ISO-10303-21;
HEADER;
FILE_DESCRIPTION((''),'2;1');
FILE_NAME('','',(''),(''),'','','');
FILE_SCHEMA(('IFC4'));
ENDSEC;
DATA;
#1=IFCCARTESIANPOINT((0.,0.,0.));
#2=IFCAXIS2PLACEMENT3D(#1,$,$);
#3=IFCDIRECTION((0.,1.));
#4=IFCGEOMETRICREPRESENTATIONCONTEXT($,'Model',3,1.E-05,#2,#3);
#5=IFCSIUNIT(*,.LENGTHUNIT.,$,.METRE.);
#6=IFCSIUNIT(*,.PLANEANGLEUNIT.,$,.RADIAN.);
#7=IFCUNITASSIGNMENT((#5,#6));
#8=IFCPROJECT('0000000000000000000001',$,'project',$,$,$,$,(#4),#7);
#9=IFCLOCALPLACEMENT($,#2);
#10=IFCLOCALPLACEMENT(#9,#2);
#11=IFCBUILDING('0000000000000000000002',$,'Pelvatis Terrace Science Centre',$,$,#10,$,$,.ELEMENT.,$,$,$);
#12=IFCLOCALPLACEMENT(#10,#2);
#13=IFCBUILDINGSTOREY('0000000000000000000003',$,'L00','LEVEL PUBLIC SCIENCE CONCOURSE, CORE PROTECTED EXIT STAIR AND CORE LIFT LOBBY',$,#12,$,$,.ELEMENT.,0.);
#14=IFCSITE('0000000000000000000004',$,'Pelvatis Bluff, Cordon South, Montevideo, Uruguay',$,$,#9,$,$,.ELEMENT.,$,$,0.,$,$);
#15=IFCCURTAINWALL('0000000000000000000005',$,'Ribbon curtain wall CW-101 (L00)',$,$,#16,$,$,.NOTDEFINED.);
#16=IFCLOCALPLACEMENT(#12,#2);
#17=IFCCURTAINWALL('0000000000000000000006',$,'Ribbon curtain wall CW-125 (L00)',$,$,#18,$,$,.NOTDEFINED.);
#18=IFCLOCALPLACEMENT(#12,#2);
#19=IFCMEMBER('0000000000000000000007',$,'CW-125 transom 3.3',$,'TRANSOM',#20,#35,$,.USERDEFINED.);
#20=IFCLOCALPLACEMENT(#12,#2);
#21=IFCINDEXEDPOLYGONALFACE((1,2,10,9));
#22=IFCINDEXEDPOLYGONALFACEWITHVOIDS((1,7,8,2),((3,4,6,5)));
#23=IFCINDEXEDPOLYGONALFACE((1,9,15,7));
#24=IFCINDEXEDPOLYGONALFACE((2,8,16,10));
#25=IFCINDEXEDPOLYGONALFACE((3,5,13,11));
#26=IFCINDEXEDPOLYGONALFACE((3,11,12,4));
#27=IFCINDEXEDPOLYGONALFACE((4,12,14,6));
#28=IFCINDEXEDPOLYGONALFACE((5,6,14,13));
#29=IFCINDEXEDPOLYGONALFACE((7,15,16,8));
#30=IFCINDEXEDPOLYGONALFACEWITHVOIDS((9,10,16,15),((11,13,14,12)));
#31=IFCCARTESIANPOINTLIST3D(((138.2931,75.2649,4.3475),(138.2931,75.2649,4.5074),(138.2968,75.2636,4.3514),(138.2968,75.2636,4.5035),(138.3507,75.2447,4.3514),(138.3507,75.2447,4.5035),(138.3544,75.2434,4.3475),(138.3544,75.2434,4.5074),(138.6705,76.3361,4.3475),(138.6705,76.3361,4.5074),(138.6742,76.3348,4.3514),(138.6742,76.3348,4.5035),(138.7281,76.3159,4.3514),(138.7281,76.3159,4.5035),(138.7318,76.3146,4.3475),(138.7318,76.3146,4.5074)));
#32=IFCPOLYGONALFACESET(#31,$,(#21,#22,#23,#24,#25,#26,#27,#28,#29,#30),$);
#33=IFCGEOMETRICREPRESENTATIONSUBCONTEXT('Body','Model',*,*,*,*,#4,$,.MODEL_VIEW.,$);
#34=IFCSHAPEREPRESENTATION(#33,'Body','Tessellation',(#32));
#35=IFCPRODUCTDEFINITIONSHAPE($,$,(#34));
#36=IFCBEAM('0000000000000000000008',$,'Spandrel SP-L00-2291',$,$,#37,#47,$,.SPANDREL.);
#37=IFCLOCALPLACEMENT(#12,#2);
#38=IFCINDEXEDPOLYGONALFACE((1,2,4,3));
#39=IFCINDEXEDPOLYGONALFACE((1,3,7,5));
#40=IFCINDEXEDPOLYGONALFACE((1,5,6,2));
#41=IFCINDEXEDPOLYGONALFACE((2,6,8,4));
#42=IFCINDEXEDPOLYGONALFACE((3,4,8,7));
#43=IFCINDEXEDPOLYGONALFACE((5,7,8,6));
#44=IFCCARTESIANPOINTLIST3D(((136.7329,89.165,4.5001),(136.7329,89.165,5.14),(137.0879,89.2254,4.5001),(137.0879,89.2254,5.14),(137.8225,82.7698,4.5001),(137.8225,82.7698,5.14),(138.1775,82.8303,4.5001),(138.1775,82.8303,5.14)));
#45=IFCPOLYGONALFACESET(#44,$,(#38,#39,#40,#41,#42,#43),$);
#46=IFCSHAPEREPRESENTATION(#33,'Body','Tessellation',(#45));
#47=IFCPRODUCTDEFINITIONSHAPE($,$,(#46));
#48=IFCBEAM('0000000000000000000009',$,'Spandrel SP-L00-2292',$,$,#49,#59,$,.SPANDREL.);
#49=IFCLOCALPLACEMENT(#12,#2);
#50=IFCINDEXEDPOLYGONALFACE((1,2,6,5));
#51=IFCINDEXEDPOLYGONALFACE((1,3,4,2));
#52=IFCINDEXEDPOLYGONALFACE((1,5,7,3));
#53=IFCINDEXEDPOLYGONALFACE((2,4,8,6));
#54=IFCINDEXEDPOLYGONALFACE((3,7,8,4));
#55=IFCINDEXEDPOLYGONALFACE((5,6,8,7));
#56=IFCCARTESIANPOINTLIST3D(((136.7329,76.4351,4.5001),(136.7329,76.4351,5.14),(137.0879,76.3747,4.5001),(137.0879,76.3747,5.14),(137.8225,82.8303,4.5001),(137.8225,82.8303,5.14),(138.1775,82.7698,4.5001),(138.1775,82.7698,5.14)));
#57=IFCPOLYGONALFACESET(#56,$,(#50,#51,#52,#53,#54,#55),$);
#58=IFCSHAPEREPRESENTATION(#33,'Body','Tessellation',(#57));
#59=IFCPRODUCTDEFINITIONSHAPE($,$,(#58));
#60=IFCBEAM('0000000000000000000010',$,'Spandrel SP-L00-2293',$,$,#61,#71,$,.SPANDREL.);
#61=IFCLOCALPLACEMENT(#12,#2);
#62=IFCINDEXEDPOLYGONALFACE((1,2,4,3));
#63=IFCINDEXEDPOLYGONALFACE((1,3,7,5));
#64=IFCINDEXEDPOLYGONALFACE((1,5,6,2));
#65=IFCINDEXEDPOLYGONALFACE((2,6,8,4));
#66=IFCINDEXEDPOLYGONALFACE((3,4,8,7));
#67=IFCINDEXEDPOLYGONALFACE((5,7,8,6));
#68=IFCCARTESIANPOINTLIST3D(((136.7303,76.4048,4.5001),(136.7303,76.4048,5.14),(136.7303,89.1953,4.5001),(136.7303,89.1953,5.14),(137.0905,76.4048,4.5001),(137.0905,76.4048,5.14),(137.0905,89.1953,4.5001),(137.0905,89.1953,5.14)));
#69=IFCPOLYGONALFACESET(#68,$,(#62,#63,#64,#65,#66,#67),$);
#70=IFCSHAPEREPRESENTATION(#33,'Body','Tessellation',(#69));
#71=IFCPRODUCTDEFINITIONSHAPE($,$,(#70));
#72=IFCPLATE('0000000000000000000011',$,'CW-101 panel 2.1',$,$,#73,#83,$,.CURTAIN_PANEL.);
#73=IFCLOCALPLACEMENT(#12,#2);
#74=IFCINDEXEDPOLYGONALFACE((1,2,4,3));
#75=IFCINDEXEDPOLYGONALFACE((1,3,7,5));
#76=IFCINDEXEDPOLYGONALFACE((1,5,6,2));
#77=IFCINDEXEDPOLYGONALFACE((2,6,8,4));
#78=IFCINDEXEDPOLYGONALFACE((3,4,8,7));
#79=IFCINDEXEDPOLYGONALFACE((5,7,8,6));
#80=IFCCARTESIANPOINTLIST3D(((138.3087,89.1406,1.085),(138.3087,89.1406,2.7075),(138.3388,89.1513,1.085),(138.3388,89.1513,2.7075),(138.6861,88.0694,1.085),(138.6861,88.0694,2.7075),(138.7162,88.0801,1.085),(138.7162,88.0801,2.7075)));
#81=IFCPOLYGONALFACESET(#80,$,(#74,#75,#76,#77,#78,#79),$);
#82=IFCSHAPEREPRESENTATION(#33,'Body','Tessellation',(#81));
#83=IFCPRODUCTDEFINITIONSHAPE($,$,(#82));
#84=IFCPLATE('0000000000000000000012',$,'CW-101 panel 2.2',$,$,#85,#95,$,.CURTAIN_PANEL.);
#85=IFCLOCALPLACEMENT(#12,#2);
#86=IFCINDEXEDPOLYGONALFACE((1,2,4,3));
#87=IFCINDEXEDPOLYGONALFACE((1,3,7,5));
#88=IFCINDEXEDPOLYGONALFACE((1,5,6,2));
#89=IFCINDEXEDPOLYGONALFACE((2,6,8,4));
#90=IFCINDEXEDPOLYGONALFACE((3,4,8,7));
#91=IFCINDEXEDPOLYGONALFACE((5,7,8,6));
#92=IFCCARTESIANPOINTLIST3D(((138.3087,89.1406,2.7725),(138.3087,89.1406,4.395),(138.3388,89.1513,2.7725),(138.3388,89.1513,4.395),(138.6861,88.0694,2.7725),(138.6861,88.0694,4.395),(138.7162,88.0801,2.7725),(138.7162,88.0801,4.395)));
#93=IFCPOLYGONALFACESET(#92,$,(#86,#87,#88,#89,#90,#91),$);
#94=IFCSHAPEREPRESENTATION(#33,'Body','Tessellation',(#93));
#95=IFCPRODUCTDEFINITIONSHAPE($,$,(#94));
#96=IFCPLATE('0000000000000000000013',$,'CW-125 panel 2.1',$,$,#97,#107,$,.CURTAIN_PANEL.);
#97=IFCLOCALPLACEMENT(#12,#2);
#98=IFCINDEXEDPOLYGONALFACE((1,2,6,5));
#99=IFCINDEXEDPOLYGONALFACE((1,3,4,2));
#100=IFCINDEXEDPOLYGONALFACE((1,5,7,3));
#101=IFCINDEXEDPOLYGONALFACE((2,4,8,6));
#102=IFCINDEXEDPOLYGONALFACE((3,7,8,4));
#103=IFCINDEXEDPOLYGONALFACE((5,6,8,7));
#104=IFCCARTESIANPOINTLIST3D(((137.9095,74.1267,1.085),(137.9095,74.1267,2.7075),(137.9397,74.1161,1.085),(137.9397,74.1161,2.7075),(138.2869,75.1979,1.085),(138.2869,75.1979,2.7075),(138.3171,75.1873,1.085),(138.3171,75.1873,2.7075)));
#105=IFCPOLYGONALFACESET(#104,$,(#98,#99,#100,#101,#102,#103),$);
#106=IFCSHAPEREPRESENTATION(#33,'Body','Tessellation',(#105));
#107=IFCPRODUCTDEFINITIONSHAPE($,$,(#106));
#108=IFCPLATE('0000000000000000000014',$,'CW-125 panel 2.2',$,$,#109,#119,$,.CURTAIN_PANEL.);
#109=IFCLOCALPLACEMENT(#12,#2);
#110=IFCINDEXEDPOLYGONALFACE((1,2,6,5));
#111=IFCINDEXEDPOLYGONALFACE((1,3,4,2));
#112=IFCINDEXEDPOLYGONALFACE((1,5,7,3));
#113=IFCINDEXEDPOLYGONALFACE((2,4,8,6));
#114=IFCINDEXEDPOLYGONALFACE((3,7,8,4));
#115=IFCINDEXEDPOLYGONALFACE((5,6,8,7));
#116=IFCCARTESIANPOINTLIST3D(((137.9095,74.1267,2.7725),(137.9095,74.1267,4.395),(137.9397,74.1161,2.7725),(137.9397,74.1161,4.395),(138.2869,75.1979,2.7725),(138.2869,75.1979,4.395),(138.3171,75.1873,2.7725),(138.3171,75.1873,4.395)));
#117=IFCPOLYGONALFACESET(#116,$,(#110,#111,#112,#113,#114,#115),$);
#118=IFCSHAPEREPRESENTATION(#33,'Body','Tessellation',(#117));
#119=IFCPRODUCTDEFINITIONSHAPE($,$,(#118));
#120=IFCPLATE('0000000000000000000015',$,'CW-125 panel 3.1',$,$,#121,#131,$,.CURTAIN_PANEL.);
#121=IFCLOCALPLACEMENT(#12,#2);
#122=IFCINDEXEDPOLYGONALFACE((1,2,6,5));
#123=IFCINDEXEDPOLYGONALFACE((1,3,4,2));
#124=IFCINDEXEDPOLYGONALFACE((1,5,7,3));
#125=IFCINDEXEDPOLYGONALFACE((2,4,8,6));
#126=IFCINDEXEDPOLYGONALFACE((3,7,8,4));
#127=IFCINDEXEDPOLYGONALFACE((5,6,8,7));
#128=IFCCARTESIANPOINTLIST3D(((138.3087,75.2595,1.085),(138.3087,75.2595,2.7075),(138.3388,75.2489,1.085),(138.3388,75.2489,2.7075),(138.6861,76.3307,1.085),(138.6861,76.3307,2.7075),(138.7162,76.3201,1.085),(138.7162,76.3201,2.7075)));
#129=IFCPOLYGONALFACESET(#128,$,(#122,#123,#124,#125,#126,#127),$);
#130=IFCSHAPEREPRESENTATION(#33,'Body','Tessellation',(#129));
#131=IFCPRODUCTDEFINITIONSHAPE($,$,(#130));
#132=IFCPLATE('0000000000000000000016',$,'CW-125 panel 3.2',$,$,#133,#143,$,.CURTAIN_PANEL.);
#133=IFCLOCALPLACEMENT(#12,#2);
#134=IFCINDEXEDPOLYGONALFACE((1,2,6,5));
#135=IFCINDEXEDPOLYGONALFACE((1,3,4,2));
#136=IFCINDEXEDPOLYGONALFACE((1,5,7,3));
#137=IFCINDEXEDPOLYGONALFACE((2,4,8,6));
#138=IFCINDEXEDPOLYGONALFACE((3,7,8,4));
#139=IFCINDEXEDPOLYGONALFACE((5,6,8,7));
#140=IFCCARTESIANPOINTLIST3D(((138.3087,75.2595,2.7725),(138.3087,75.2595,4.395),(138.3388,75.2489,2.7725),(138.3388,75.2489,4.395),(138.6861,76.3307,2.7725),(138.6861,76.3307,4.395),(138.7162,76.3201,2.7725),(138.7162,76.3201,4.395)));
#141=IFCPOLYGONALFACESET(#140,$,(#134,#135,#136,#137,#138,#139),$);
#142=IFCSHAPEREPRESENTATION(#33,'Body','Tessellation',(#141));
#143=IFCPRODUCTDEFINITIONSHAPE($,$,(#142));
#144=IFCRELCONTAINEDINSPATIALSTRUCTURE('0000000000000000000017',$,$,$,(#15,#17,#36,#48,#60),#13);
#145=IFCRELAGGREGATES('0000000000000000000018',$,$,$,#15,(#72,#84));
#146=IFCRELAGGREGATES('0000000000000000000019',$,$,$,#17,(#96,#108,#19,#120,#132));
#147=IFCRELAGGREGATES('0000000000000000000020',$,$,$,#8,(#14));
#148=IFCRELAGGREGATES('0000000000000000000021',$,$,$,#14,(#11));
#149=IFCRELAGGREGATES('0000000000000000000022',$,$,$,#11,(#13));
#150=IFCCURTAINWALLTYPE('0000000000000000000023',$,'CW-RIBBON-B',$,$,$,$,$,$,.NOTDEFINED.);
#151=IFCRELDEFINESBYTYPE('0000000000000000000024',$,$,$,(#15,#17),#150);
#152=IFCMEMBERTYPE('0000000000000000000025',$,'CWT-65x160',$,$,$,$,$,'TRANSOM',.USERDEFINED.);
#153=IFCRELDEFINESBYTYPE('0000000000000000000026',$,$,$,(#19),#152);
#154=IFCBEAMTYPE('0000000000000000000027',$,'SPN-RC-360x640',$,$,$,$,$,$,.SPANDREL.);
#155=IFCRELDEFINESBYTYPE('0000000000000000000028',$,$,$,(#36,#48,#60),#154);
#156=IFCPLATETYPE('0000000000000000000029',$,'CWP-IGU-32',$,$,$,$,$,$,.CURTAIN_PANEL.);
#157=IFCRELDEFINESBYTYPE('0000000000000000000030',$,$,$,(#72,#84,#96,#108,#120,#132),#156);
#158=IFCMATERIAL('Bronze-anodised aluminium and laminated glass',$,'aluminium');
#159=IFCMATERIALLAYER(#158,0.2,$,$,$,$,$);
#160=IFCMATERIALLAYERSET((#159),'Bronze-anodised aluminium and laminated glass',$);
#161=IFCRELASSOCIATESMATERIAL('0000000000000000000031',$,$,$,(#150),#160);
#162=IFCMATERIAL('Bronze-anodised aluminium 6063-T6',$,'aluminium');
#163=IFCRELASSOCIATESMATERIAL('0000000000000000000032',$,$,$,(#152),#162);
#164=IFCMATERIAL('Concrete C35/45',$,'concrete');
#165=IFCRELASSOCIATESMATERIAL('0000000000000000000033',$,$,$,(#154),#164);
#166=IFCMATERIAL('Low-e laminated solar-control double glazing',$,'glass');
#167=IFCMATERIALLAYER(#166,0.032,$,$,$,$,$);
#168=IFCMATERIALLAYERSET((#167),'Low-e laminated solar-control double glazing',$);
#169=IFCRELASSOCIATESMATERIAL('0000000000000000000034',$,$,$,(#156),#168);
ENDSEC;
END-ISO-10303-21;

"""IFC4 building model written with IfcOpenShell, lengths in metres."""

from ifc_helpers import new_model, si_unit, direction, frame, origin, origin_2d, place, context, subcontext, project, spatial, rectangle, hollow_rectangle, extrude, material, layer, layer_set, material_profile, profile_set, type_object, element, aggregate, save


model = new_model("IFC4")

# Units and contexts
model_context = context("Model", 3, precision=1e-05, world=origin(), true_north=direction((0.0, 1.0)))
body_context = subcontext(model_context, "Body", "Model", "MODEL_VIEW")
ifc_project = project(units=[si_unit("LENGTHUNIT", "METRE"), si_unit("PLANEANGLEUNIT", "RADIAN")], contexts=[model_context])

# Site, building, storey
site_placement = place(None, origin())
site = spatial("IfcSite", under=ifc_project, at=site_placement, Name="Pelvatis Bluff, Cordon South, Montevideo, Uruguay", CompositionType="ELEMENT", RefElevation=0.0)
building_placement = place(site_placement, origin())
building = spatial("IfcBuilding", under=site, at=building_placement, Name="Pelvatis Terrace Science Centre", CompositionType="ELEMENT")
storey_placement = place(building_placement, origin())
storey = spatial("IfcBuildingStorey", under=building, at=storey_placement, Name="L00", Description="LEVEL PUBLIC SCIENCE CONCOURSE, CORE PROTECTED EXIT STAIR AND CORE LIFT LOBBY", CompositionType="ELEMENT", Elevation=0.0)

# Curtain wall
ifc_material_1 = material(Name="Bronze-anodised aluminium and laminated glass", Category="aluminium")
ifc_layer_1 = layer(ifc_material_1, 0.2)
ifc_layer_set_1 = layer_set([ifc_layer_1], Name="Bronze-anodised aluminium and laminated glass")
curtain_wall_type = type_object("IfcCurtainWallType", Name="CW-RIBBON-B", PredefinedType="NOTDEFINED", material=ifc_layer_set_1)
curtain_wall_1_placement = place(storey_placement, origin())
curtain_wall_1 = element("IfcCurtainWall", 1, at=curtain_wall_1_placement, inside=storey, type_object=curtain_wall_type, Name="Ribbon curtain wall CW-101 (L00)", PredefinedType="NOTDEFINED")

# Curtain wall
curtain_wall_2_placement = place(storey_placement, origin())
curtain_wall_2 = element("IfcCurtainWall", 2, at=curtain_wall_2_placement, inside=storey, type_object=curtain_wall_type, Name="Ribbon curtain wall CW-125 (L00)", PredefinedType="NOTDEFINED")

# Member
ifc_material_2 = material(Name="Bronze-anodised aluminium 6063-T6", Category="aluminium")
ifc_material_profile_1 = material_profile(ifc_material_2, hollow_rectangle(XDim=0.0649, YDim=0.1599, WallThickness=0.0039, at=origin_2d()), Name="ALU-TRN 65x160")
ifc_profile_set_1 = profile_set([ifc_material_profile_1], Name="Bronze-anodised aluminium 6063-T6")
member_type_1 = type_object("IfcMemberType", Name="CWT-65x160", ElementType="TRANSOM", PredefinedType="USERDEFINED", material=ifc_profile_set_1)
member_1_placement = place(storey_placement, frame((138.3237, 75.2542, 4.4275), z_axis=(0.332303, 0.943173, 0.0), x_axis=(-0.943173, 0.332303, 0.0)))
member_1 = element("IfcMember", 3, at=member_1_placement, type_object=member_type_1, Name="CW-125 transom 3.3", ObjectType="TRANSOM", PredefinedType="USERDEFINED", context=body_context, shape_type="SweptSolid", body=[
    extrude(hollow_rectangle(XDim=0.0649, YDim=0.1599, WallThickness=0.0039, at=origin_2d()), origin(), (0.0, 0.0, 1.0), 1.1357),
])

# Beams
ifc_material_3 = material(Name="Concrete C35/45", Category="concrete")
ifc_material_profile_2 = material_profile(ifc_material_3, rectangle(XDim=0.3601, YDim=0.6399, at=origin_2d()), Name="RC-SPN 360x640")
ifc_profile_set_2 = profile_set([ifc_material_profile_2], Name="Concrete C35/45")
beam_type = type_object("IfcBeamType", Name="SPN-RC-360x640", PredefinedType="SPANDREL", material=ifc_profile_set_2)
for number, where, z_axis, x_axis, name in (
    (4, (138.0, 82.8, 4.8201), (-0.167956, 0.985795, 0.0), (-0.985795, -0.167956, 0.0), "Spandrel SP-L00-2291"),
    (5, (138.0, 82.8, 4.8201), (-0.167956, -0.985795, 0.0), (0.985795, -0.167956, 0.0), "Spandrel SP-L00-2292"),
):
    element("IfcBeam", number, at=place(storey_placement, frame(where, z_axis=z_axis, x_axis=x_axis)), inside=storey, type_object=beam_type, Name=name, PredefinedType="SPANDREL", context=body_context, shape_type="SweptSolid", body=[
        extrude(rectangle(XDim=0.3601, YDim=0.6399, at=origin_2d()), origin(), (0.0, 0.0, 1.0), 6.4873),
    ])
beam_placement = place(storey_placement, frame((136.9104, 89.1953, 4.8201), z_axis=(0.0, -1.0, 0.0), x_axis=(1.0, 0.0, 0.0)))
element("IfcBeam", 6, at=beam_placement, inside=storey, type_object=beam_type, Name="Spandrel SP-L00-2293", PredefinedType="SPANDREL", context=body_context, shape_type="SweptSolid", body=[
    extrude(rectangle(XDim=0.3601, YDim=0.6399, at=origin_2d()), origin(), (0.0, 0.0, 1.0), 12.7905),
])

# Plates
ifc_material_4 = material(Name="Low-e laminated solar-control double glazing", Category="glass")
ifc_layer_2 = layer(ifc_material_4, 0.032)
ifc_layer_set_2 = layer_set([ifc_layer_2], Name="Low-e laminated solar-control double glazing")
plate_type = type_object("IfcPlateType", Name="CWP-IGU-32", PredefinedType="CURTAIN_PANEL", material=ifc_layer_set_2)
plate_1_placement = place(storey_placement, frame((138.5125, 88.6104, 1.085), z_axis=(0.0, 0.0, 1.0), x_axis=(-0.332308, 0.943171, 0.0)))
plate_1 = element("IfcPlate", 7, at=plate_1_placement, type_object=plate_type, Name="CW-101 panel 2.1", PredefinedType="CURTAIN_PANEL", context=body_context, shape_type="SweptSolid", body=[
    extrude(rectangle(XDim=1.1357, YDim=0.032, at=origin_2d()), origin(), (0.0, 0.0, 1.0), 1.6226),
])
plate_2_placement = place(storey_placement, frame((138.5125, 88.6104, 2.7725), z_axis=(0.0, 0.0, 1.0), x_axis=(-0.332308, 0.943171, 0.0)))
plate_2 = element("IfcPlate", 8, at=plate_2_placement, type_object=plate_type, Name="CW-101 panel 2.2", PredefinedType="CURTAIN_PANEL", context=body_context, shape_type="SweptSolid", body=[
    extrude(rectangle(XDim=1.1357, YDim=0.032, at=origin_2d()), origin(), (0.0, 0.0, 1.0), 1.6226),
])
aggregate(curtain_wall_1, [plate_1, plate_2])
plate_3_placement = place(storey_placement, frame((138.1133, 74.657, 1.085), z_axis=(0.0, 0.0, 1.0), x_axis=(0.332308, 0.943171, 0.0)))
plate_3 = element("IfcPlate", 9, at=plate_3_placement, type_object=plate_type, Name="CW-125 panel 2.1", PredefinedType="CURTAIN_PANEL", context=body_context, shape_type="SweptSolid", body=[
    extrude(rectangle(XDim=1.1357, YDim=0.032, at=origin_2d()), origin(), (0.0, 0.0, 1.0), 1.6226),
])
plate_4_placement = place(storey_placement, frame((138.1133, 74.657, 2.7725), z_axis=(0.0, 0.0, 1.0), x_axis=(0.332308, 0.943171, 0.0)))
plate_4 = element("IfcPlate", 10, at=plate_4_placement, type_object=plate_type, Name="CW-125 panel 2.2", PredefinedType="CURTAIN_PANEL", context=body_context, shape_type="SweptSolid", body=[
    extrude(rectangle(XDim=1.1357, YDim=0.032, at=origin_2d()), origin(), (0.0, 0.0, 1.0), 1.6226),
])
plate_5_placement = place(storey_placement, frame((138.5125, 75.7898, 1.085), z_axis=(0.0, 0.0, 1.0), x_axis=(0.332308, 0.943171, 0.0)))
plate_5 = element("IfcPlate", 11, at=plate_5_placement, type_object=plate_type, Name="CW-125 panel 3.1", PredefinedType="CURTAIN_PANEL", context=body_context, shape_type="SweptSolid", body=[
    extrude(rectangle(XDim=1.1357, YDim=0.032, at=origin_2d()), origin(), (0.0, 0.0, 1.0), 1.6226),
])
plate_6_placement = place(storey_placement, frame((138.5125, 75.7898, 2.7725), z_axis=(0.0, 0.0, 1.0), x_axis=(0.332308, 0.943171, 0.0)))
plate_6 = element("IfcPlate", 12, at=plate_6_placement, type_object=plate_type, Name="CW-125 panel 3.2", PredefinedType="CURTAIN_PANEL", context=body_context, shape_type="SweptSolid", body=[
    extrude(rectangle(XDim=1.1357, YDim=0.032, at=origin_2d()), origin(), (0.0, 0.0, 1.0), 1.6226),
])
aggregate(curtain_wall_2, [plate_3, plate_4, member_1, plate_5, plate_6])

save(model, "model.ifc")
